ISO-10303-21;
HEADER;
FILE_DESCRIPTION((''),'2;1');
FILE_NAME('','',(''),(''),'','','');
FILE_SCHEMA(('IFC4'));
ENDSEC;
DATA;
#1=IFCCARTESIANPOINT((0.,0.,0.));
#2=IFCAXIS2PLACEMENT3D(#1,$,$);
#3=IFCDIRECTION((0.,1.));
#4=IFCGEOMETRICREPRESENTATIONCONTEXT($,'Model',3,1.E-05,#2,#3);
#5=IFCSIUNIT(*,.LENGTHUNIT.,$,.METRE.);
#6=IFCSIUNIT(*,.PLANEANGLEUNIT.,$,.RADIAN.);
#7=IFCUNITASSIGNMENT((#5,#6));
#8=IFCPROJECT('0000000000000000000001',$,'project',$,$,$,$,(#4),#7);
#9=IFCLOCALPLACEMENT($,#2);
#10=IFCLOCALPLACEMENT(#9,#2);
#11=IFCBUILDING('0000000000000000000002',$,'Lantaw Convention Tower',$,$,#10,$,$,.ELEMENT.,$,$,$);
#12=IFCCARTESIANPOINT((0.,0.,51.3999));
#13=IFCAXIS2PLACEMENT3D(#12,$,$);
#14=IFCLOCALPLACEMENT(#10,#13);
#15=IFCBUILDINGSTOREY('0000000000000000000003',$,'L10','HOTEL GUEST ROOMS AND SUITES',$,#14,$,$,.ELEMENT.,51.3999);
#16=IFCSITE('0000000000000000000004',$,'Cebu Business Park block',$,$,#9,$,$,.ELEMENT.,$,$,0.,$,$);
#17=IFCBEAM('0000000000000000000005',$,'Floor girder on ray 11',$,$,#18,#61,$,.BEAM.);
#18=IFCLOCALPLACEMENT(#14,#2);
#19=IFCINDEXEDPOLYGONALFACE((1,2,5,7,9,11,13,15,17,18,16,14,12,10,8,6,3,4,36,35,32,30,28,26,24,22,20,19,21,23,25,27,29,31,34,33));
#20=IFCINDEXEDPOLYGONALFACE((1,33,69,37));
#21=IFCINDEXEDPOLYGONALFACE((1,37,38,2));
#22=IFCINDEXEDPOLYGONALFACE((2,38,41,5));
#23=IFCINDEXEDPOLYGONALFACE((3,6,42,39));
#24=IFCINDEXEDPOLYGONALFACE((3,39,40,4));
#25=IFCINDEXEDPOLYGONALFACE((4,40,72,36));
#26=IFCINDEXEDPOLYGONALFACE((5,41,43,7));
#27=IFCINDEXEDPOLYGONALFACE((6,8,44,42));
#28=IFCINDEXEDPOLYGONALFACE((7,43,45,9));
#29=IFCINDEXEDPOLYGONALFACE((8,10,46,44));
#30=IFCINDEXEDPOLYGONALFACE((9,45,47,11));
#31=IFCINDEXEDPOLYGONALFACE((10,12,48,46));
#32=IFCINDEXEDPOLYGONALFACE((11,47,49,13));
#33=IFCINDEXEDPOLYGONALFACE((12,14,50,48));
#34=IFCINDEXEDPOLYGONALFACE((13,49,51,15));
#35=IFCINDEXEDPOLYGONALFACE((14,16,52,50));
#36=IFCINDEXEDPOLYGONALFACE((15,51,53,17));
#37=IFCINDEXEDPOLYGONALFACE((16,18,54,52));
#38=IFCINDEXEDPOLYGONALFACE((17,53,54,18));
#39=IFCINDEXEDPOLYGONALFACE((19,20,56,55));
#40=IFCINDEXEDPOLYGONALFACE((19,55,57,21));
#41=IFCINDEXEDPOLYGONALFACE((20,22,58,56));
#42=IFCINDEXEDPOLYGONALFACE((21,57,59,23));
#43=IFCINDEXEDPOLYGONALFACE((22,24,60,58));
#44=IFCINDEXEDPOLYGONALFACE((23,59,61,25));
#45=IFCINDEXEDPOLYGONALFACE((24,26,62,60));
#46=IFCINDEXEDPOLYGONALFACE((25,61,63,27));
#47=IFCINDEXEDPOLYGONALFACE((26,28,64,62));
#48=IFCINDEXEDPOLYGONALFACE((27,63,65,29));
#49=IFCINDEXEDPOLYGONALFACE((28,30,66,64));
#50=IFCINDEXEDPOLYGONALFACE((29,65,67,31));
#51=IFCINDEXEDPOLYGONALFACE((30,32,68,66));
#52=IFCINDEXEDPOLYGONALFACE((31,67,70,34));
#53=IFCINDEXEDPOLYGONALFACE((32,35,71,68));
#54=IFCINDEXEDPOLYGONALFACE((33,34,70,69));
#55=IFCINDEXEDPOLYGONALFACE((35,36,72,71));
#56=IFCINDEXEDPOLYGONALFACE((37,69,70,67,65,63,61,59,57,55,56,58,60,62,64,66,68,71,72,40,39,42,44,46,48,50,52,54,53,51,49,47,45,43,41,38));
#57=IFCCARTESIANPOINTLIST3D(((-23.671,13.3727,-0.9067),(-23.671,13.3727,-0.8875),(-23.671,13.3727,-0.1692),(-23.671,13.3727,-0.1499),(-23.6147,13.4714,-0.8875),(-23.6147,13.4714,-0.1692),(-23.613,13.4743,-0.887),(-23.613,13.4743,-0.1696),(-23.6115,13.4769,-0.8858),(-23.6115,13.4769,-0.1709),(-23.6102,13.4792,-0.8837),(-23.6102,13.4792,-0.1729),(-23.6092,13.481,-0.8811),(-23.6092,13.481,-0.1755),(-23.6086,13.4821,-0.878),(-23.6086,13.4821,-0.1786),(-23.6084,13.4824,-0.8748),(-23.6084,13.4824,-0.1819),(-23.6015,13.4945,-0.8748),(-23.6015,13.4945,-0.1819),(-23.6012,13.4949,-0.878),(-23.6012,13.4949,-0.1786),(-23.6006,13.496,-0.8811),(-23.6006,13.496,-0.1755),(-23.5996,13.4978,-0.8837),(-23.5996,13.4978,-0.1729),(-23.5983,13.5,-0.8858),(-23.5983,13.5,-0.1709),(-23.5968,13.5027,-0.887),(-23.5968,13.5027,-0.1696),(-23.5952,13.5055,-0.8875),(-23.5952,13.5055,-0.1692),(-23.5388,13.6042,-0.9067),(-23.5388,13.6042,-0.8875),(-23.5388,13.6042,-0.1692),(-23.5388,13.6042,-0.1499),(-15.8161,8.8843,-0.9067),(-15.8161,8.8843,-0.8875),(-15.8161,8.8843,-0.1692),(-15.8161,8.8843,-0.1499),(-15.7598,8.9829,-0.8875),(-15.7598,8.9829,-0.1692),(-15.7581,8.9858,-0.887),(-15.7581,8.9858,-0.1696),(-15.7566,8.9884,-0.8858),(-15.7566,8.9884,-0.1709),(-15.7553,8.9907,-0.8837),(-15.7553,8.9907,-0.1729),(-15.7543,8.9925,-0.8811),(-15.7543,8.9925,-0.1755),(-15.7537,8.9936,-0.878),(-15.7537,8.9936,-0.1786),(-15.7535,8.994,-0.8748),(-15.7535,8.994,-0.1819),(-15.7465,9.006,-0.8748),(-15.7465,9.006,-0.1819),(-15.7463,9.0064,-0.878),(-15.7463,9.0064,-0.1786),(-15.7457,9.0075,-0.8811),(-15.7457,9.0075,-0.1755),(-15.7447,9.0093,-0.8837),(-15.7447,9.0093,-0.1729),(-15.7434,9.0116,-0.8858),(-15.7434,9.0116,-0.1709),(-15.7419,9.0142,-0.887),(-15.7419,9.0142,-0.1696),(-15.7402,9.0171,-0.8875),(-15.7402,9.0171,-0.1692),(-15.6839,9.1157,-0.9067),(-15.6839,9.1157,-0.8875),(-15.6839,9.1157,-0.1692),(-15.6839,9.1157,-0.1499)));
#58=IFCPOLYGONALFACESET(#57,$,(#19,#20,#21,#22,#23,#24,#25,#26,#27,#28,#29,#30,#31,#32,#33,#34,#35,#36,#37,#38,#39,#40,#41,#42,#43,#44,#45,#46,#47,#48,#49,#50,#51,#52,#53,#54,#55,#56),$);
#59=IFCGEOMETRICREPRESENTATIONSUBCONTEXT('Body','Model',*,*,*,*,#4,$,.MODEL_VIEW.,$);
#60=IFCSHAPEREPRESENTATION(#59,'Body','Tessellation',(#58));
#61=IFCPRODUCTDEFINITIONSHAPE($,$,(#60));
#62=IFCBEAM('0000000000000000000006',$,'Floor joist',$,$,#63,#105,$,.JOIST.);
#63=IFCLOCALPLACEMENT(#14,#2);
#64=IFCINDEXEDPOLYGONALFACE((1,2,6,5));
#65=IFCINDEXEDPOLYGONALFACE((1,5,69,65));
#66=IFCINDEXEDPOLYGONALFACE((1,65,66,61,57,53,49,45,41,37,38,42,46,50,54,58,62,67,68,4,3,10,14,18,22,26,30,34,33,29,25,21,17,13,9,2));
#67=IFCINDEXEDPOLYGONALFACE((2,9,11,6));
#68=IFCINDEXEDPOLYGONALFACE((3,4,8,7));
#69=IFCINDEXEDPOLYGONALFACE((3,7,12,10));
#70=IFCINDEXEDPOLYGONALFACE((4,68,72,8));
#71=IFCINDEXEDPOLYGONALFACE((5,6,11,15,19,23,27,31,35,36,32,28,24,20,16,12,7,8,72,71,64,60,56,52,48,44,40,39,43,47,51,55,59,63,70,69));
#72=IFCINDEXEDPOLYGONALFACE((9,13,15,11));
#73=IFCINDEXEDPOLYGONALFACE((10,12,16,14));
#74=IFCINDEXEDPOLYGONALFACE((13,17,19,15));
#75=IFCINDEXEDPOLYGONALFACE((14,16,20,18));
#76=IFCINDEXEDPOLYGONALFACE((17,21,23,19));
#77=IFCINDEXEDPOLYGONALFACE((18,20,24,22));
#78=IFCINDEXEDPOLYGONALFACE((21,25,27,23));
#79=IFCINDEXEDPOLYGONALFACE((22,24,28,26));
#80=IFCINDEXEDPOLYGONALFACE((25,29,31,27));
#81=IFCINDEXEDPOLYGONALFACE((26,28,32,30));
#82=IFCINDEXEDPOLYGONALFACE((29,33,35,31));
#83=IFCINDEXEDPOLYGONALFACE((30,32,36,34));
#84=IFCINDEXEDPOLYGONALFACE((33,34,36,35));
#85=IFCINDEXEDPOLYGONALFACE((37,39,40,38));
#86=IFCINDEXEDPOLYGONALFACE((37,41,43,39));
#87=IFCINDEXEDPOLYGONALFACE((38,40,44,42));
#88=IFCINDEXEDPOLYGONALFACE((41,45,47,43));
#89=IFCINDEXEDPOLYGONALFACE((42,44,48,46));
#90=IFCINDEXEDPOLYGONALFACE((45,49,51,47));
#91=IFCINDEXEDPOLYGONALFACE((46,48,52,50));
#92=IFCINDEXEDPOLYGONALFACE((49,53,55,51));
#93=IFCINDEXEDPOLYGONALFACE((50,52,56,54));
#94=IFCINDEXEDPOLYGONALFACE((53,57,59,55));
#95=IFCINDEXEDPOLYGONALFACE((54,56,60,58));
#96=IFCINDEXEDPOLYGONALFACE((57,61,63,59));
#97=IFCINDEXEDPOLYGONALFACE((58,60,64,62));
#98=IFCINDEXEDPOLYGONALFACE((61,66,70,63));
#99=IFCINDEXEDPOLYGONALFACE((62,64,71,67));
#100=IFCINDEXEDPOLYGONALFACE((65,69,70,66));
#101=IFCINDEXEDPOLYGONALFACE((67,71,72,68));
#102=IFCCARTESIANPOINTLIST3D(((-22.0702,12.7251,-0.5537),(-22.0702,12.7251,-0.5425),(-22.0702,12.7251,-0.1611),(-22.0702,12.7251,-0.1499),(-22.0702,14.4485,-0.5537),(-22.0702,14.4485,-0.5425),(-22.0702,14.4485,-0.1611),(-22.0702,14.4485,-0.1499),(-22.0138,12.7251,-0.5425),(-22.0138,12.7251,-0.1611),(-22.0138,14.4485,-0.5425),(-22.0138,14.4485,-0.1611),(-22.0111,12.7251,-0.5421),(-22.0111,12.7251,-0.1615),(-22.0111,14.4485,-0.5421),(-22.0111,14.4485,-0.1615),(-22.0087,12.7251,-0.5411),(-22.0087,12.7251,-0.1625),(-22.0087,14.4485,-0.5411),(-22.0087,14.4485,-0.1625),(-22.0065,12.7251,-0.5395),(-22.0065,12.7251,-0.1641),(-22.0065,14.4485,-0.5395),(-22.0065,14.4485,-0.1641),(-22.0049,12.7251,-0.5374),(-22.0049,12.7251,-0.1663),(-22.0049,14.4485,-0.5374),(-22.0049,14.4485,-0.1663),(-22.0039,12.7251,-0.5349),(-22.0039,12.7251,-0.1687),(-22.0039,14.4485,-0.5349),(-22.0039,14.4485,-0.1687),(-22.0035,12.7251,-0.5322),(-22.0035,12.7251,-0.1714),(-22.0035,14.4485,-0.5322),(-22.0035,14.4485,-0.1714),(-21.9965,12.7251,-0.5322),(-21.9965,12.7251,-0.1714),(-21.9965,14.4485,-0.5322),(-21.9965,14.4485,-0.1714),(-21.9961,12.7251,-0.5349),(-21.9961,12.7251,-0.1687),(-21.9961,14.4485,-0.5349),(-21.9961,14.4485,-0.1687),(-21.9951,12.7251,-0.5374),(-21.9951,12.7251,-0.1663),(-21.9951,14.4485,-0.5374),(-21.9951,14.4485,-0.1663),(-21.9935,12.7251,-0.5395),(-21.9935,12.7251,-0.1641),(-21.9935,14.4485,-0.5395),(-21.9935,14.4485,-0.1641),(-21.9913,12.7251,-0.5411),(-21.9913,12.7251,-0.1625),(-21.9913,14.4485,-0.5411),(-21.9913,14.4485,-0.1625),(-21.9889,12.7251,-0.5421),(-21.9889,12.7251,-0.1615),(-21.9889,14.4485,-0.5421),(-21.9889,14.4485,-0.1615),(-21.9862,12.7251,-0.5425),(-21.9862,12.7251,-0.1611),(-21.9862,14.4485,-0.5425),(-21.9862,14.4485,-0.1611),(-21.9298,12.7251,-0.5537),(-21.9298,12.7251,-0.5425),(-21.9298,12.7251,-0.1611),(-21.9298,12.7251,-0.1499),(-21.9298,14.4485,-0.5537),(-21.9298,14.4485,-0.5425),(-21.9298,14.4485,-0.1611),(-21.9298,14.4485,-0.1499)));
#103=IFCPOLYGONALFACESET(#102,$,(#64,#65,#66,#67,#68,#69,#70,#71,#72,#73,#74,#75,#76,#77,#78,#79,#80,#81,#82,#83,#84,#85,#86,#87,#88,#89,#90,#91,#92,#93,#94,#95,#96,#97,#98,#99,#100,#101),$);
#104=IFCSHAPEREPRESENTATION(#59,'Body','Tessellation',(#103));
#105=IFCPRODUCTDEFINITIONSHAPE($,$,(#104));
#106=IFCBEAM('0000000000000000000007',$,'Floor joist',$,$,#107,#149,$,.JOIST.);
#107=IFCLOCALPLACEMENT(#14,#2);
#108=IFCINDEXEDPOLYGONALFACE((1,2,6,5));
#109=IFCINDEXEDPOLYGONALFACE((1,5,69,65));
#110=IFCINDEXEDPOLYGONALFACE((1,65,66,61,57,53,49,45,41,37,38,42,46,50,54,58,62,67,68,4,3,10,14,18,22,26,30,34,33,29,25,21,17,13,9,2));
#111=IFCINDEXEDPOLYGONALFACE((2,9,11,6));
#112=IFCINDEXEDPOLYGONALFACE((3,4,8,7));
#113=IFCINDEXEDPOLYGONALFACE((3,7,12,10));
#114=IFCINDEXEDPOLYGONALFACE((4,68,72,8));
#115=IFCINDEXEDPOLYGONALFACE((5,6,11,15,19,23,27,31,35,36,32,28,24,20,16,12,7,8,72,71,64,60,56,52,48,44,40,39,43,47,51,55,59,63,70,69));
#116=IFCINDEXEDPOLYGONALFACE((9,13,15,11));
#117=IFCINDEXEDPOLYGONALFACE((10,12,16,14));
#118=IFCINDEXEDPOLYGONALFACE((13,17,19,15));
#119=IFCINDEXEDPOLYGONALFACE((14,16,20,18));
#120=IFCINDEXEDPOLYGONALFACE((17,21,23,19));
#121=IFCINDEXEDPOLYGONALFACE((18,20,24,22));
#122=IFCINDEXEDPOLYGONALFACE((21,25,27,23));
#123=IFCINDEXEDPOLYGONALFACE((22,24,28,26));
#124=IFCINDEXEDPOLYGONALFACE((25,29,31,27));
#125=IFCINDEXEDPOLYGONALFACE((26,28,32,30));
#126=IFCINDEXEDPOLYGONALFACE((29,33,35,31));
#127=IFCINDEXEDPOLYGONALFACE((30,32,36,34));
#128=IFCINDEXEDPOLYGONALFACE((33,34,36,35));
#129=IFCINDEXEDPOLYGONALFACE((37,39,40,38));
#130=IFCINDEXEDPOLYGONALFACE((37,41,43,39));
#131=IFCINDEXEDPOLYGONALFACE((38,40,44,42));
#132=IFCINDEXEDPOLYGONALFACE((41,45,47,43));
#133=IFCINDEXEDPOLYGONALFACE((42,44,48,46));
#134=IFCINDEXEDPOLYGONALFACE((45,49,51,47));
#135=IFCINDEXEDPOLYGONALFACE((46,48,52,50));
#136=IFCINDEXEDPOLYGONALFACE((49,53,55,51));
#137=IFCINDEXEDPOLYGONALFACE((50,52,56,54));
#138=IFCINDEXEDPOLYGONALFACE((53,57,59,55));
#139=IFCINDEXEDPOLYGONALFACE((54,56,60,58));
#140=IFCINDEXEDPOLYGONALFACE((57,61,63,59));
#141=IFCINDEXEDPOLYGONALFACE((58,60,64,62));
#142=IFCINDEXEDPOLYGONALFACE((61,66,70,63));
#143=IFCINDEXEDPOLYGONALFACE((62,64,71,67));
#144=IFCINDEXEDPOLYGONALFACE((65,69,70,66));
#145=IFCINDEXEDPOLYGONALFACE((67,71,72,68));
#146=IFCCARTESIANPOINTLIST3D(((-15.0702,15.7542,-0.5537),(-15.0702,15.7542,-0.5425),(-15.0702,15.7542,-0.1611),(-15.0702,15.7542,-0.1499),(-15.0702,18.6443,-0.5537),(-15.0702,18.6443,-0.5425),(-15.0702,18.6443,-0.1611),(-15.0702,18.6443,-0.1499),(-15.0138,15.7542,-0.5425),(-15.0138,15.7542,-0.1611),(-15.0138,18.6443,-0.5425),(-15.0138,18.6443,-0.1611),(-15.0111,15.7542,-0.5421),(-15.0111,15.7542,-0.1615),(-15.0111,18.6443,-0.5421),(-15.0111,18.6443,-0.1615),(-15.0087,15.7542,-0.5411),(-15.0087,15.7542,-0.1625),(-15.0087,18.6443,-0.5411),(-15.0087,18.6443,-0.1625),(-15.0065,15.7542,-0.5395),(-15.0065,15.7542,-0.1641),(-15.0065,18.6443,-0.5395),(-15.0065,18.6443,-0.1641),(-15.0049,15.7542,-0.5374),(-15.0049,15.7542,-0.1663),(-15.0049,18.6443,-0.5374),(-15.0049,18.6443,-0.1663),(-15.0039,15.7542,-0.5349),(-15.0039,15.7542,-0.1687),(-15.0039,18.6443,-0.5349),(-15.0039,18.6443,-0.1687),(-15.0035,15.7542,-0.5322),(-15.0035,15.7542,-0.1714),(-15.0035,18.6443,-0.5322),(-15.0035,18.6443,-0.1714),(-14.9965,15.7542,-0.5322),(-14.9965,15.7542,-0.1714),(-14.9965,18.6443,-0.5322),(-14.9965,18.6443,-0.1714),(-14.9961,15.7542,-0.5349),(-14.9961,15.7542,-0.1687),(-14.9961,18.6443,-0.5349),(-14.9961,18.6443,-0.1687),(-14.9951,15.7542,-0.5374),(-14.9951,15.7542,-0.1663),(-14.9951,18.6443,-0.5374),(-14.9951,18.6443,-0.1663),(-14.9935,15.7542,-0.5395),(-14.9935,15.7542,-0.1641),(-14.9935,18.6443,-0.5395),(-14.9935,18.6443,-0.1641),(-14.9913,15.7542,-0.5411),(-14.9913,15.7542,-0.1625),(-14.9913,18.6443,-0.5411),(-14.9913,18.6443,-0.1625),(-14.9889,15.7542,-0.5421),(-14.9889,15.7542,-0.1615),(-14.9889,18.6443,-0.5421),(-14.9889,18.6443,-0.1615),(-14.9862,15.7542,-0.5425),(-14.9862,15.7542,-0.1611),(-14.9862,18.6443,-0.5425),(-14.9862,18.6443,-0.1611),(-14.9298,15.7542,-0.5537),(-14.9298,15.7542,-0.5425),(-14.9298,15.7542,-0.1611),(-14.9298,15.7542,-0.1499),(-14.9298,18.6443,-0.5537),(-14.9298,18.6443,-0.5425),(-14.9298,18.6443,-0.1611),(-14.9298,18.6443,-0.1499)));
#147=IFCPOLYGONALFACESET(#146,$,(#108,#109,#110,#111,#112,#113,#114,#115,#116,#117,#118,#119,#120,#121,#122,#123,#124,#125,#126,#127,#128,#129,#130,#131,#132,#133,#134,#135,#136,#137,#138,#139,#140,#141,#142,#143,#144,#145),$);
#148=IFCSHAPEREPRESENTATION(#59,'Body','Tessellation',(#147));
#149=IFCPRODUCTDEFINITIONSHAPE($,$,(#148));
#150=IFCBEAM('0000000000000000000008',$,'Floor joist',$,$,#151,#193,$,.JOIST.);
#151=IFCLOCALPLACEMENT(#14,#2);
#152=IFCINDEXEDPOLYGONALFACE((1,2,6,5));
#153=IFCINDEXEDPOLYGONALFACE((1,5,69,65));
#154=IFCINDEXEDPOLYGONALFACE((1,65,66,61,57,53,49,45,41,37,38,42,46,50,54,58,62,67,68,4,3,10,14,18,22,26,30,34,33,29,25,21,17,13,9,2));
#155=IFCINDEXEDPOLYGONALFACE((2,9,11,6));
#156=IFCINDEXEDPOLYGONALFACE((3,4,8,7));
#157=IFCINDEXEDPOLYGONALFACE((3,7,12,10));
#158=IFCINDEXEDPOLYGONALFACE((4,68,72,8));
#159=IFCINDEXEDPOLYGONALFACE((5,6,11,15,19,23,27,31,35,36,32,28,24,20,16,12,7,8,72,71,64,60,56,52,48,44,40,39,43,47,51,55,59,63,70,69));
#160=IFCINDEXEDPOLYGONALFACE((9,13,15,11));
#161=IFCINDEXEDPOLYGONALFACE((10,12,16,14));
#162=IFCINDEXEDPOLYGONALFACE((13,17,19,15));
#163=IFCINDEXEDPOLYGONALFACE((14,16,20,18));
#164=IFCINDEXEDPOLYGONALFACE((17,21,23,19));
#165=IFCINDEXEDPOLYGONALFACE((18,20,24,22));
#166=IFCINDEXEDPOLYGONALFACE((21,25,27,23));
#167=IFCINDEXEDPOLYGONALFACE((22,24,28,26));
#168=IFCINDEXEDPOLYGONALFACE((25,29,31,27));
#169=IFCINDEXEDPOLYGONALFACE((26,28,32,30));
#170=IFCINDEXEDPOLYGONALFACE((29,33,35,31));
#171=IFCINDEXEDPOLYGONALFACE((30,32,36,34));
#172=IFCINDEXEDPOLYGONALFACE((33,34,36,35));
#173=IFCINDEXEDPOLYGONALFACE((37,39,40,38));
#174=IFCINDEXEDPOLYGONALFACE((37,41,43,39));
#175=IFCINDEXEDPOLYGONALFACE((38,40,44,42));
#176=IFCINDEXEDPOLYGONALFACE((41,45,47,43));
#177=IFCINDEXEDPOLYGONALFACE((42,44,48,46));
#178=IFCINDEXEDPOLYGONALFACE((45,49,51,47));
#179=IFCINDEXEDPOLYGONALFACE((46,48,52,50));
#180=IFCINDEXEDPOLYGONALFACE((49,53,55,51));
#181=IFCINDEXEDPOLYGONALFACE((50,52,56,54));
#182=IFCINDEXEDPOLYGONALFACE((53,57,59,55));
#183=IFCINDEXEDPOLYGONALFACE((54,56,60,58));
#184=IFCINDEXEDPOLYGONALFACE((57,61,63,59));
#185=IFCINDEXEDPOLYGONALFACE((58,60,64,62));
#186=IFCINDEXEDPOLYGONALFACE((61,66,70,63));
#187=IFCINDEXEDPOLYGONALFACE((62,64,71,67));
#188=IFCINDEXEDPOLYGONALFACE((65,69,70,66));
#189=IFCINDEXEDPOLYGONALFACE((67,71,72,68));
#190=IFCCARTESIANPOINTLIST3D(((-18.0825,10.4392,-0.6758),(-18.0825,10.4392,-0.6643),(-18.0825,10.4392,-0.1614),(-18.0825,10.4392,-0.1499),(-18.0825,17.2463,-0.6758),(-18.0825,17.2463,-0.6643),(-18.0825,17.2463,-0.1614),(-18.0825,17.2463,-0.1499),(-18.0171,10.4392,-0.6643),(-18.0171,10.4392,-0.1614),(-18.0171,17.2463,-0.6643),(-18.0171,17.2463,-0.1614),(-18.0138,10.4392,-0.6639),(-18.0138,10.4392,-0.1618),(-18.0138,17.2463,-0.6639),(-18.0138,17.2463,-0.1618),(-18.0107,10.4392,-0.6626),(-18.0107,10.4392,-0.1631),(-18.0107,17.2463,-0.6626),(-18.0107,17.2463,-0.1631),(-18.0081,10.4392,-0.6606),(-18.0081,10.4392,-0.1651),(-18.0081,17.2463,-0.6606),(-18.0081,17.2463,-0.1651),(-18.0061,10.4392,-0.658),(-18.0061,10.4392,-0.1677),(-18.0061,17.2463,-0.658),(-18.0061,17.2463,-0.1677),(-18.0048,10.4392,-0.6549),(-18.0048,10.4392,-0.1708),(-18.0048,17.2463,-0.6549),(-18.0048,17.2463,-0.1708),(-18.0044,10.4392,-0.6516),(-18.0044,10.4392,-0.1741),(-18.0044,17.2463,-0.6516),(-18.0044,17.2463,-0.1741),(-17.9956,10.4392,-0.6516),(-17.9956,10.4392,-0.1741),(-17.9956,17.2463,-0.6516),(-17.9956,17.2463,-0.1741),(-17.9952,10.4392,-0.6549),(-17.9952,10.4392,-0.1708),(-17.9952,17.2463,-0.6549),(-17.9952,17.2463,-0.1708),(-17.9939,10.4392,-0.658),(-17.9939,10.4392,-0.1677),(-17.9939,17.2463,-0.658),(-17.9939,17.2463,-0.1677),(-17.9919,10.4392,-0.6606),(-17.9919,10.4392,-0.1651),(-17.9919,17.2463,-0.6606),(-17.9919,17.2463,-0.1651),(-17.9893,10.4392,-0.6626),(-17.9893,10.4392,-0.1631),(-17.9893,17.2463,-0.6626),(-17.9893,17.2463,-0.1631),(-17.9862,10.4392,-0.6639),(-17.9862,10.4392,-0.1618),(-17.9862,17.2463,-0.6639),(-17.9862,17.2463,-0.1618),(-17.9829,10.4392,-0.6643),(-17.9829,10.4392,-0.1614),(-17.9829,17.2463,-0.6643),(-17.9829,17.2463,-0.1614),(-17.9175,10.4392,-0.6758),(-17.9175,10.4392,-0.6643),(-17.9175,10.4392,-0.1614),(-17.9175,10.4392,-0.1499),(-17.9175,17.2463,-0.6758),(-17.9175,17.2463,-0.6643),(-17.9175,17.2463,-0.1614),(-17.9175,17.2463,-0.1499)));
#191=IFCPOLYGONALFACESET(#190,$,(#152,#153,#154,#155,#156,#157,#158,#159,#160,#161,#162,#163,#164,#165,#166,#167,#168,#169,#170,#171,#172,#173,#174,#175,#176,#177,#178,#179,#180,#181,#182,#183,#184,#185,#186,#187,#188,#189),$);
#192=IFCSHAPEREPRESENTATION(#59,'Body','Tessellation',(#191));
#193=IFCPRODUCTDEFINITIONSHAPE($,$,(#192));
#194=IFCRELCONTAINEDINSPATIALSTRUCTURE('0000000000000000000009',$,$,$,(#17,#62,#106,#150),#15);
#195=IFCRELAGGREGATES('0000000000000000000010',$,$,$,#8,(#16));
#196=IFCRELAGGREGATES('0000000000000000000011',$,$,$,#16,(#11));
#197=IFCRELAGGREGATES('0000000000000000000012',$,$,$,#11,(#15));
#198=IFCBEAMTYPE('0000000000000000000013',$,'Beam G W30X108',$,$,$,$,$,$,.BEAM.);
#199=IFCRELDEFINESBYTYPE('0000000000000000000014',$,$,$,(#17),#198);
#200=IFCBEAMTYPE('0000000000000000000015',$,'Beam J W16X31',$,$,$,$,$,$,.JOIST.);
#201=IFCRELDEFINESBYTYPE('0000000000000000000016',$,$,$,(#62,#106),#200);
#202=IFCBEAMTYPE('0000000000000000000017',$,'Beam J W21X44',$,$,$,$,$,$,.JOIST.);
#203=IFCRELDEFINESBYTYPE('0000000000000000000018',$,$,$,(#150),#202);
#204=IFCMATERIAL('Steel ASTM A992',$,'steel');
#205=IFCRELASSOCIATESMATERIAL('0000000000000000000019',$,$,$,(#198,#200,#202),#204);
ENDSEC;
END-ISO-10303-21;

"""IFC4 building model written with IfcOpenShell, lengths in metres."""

from ifc_helpers import new_model, si_unit, direction, frame, origin, origin_2d, place, context, subcontext, project, spatial, i_section, extrude, material, material_profile, profile_set, type_object, element, save


model = new_model("IFC4")

# Units and contexts
model_context = context("Model", 3, precision=1e-05, world=origin(), true_north=direction((0.0, 1.0)))
body_context = subcontext(model_context, "Body", "Model", "MODEL_VIEW")
ifc_project = project(units=[si_unit("LENGTHUNIT", "METRE"), si_unit("PLANEANGLEUNIT", "RADIAN")], contexts=[model_context])

# Site, building, storey
site_placement = place(None, origin())
site = spatial("IfcSite", under=ifc_project, at=site_placement, Name="Cebu Business Park block", CompositionType="ELEMENT", RefElevation=0.0)
building_placement = place(site_placement, origin())
building = spatial("IfcBuilding", under=site, at=building_placement, Name="Lantaw Convention Tower", CompositionType="ELEMENT")
storey_placement = place(building_placement, frame((0.0, 0.0, 51.3999)))
storey = spatial("IfcBuildingStorey", under=building, at=storey_placement, Name="L10", Description="HOTEL GUEST ROOMS AND SUITES", CompositionType="ELEMENT", Elevation=51.3999)

# Beams
ifc_material_1 = material(Name="Steel ASTM A992", Category="steel")
ifc_material_profile_1 = material_profile(ifc_material_1, i_section(OverallWidth=0.2666, OverallDepth=0.7568, WebThickness=0.0139, FlangeThickness=0.0193, FilletRadius=0.0127, at=origin_2d()), Name="W30X108")
ifc_profile_set_1 = profile_set([ifc_material_profile_1], Name="Steel ASTM A992")
beam_type_1 = type_object("IfcBeamType", Name="Beam G W30X108", PredefinedType="BEAM", material=ifc_profile_set_1)
beam_1_placement = place(storey_placement, frame((-15.75, 9.0, -0.5283), z_axis=(-0.868245, 0.496136, 0.0), x_axis=(-0.496136, -0.868245, 0.0)))
element("IfcBeam", 1, at=beam_1_placement, inside=storey, type_object=beam_type_1, Name="Floor girder on ray 11", PredefinedType="BEAM", context=body_context, shape_type="SweptSolid", body=[
    extrude(i_section(OverallWidth=0.2666, OverallDepth=0.7568, WebThickness=0.0139, FlangeThickness=0.0193, FilletRadius=0.0127, at=origin_2d()), origin(), (0.0, 0.0, 1.0), 9.0469),
])
ifc_material_profile_2 = material_profile(ifc_material_1, i_section(OverallWidth=0.1404, OverallDepth=0.4038, WebThickness=0.0071, FlangeThickness=0.0112, FilletRadius=0.0103, at=origin_2d()), Name="W16X31")
ifc_profile_set_2 = profile_set([ifc_material_profile_2], Name="Steel ASTM A992")
beam_type_2 = type_object("IfcBeamType", Name="Beam J W16X31", PredefinedType="JOIST", material=ifc_profile_set_2)
beam_2_placement = place(storey_placement, frame((-22.0, 12.7251, -0.3518), z_axis=(0.0, 1.0, 0.0), x_axis=(-1.0, 0.0, 0.0)))
element("IfcBeam", 2, at=beam_2_placement, inside=storey, type_object=beam_type_2, Name="Floor joist", PredefinedType="JOIST", context=body_context, shape_type="SweptSolid", body=[
    extrude(i_section(OverallWidth=0.1404, OverallDepth=0.4038, WebThickness=0.0071, FlangeThickness=0.0112, FilletRadius=0.0103, at=origin_2d()), origin(), (0.0, 0.0, 1.0), 1.7234),
])
beam_3_placement = place(storey_placement, frame((-15.0, 15.7542, -0.3518), z_axis=(0.0, 1.0, 0.0), x_axis=(-1.0, 0.0, 0.0)))
element("IfcBeam", 3, at=beam_3_placement, inside=storey, type_object=beam_type_2, Name="Floor joist", PredefinedType="JOIST", context=body_context, shape_type="SweptSolid", body=[
    extrude(i_section(OverallWidth=0.1404, OverallDepth=0.4038, WebThickness=0.0071, FlangeThickness=0.0112, FilletRadius=0.0103, at=origin_2d()), origin(), (0.0, 0.0, 1.0), 2.8901),
])
ifc_material_profile_3 = material_profile(ifc_material_1, i_section(OverallWidth=0.165, OverallDepth=0.5259, WebThickness=0.0088, FlangeThickness=0.0115, FilletRadius=0.0127, at=origin_2d()), Name="W21X44")
ifc_profile_set_3 = profile_set([ifc_material_profile_3], Name="Steel ASTM A992")
beam_type_3 = type_object("IfcBeamType", Name="Beam J W21X44", PredefinedType="JOIST", material=ifc_profile_set_3)
beam_4_placement = place(storey_placement, frame((-18.0, 10.4392, -0.4128), z_axis=(0.0, 1.0, 0.0), x_axis=(-1.0, 0.0, 0.0)))
element("IfcBeam", 4, at=beam_4_placement, inside=storey, type_object=beam_type_3, Name="Floor joist", PredefinedType="JOIST", context=body_context, shape_type="SweptSolid", body=[
    extrude(i_section(OverallWidth=0.165, OverallDepth=0.5259, WebThickness=0.0088, FlangeThickness=0.0115, FilletRadius=0.0127, at=origin_2d()), origin(), (0.0, 0.0, 1.0), 6.8071),
])

save(model, "model.ifc")
